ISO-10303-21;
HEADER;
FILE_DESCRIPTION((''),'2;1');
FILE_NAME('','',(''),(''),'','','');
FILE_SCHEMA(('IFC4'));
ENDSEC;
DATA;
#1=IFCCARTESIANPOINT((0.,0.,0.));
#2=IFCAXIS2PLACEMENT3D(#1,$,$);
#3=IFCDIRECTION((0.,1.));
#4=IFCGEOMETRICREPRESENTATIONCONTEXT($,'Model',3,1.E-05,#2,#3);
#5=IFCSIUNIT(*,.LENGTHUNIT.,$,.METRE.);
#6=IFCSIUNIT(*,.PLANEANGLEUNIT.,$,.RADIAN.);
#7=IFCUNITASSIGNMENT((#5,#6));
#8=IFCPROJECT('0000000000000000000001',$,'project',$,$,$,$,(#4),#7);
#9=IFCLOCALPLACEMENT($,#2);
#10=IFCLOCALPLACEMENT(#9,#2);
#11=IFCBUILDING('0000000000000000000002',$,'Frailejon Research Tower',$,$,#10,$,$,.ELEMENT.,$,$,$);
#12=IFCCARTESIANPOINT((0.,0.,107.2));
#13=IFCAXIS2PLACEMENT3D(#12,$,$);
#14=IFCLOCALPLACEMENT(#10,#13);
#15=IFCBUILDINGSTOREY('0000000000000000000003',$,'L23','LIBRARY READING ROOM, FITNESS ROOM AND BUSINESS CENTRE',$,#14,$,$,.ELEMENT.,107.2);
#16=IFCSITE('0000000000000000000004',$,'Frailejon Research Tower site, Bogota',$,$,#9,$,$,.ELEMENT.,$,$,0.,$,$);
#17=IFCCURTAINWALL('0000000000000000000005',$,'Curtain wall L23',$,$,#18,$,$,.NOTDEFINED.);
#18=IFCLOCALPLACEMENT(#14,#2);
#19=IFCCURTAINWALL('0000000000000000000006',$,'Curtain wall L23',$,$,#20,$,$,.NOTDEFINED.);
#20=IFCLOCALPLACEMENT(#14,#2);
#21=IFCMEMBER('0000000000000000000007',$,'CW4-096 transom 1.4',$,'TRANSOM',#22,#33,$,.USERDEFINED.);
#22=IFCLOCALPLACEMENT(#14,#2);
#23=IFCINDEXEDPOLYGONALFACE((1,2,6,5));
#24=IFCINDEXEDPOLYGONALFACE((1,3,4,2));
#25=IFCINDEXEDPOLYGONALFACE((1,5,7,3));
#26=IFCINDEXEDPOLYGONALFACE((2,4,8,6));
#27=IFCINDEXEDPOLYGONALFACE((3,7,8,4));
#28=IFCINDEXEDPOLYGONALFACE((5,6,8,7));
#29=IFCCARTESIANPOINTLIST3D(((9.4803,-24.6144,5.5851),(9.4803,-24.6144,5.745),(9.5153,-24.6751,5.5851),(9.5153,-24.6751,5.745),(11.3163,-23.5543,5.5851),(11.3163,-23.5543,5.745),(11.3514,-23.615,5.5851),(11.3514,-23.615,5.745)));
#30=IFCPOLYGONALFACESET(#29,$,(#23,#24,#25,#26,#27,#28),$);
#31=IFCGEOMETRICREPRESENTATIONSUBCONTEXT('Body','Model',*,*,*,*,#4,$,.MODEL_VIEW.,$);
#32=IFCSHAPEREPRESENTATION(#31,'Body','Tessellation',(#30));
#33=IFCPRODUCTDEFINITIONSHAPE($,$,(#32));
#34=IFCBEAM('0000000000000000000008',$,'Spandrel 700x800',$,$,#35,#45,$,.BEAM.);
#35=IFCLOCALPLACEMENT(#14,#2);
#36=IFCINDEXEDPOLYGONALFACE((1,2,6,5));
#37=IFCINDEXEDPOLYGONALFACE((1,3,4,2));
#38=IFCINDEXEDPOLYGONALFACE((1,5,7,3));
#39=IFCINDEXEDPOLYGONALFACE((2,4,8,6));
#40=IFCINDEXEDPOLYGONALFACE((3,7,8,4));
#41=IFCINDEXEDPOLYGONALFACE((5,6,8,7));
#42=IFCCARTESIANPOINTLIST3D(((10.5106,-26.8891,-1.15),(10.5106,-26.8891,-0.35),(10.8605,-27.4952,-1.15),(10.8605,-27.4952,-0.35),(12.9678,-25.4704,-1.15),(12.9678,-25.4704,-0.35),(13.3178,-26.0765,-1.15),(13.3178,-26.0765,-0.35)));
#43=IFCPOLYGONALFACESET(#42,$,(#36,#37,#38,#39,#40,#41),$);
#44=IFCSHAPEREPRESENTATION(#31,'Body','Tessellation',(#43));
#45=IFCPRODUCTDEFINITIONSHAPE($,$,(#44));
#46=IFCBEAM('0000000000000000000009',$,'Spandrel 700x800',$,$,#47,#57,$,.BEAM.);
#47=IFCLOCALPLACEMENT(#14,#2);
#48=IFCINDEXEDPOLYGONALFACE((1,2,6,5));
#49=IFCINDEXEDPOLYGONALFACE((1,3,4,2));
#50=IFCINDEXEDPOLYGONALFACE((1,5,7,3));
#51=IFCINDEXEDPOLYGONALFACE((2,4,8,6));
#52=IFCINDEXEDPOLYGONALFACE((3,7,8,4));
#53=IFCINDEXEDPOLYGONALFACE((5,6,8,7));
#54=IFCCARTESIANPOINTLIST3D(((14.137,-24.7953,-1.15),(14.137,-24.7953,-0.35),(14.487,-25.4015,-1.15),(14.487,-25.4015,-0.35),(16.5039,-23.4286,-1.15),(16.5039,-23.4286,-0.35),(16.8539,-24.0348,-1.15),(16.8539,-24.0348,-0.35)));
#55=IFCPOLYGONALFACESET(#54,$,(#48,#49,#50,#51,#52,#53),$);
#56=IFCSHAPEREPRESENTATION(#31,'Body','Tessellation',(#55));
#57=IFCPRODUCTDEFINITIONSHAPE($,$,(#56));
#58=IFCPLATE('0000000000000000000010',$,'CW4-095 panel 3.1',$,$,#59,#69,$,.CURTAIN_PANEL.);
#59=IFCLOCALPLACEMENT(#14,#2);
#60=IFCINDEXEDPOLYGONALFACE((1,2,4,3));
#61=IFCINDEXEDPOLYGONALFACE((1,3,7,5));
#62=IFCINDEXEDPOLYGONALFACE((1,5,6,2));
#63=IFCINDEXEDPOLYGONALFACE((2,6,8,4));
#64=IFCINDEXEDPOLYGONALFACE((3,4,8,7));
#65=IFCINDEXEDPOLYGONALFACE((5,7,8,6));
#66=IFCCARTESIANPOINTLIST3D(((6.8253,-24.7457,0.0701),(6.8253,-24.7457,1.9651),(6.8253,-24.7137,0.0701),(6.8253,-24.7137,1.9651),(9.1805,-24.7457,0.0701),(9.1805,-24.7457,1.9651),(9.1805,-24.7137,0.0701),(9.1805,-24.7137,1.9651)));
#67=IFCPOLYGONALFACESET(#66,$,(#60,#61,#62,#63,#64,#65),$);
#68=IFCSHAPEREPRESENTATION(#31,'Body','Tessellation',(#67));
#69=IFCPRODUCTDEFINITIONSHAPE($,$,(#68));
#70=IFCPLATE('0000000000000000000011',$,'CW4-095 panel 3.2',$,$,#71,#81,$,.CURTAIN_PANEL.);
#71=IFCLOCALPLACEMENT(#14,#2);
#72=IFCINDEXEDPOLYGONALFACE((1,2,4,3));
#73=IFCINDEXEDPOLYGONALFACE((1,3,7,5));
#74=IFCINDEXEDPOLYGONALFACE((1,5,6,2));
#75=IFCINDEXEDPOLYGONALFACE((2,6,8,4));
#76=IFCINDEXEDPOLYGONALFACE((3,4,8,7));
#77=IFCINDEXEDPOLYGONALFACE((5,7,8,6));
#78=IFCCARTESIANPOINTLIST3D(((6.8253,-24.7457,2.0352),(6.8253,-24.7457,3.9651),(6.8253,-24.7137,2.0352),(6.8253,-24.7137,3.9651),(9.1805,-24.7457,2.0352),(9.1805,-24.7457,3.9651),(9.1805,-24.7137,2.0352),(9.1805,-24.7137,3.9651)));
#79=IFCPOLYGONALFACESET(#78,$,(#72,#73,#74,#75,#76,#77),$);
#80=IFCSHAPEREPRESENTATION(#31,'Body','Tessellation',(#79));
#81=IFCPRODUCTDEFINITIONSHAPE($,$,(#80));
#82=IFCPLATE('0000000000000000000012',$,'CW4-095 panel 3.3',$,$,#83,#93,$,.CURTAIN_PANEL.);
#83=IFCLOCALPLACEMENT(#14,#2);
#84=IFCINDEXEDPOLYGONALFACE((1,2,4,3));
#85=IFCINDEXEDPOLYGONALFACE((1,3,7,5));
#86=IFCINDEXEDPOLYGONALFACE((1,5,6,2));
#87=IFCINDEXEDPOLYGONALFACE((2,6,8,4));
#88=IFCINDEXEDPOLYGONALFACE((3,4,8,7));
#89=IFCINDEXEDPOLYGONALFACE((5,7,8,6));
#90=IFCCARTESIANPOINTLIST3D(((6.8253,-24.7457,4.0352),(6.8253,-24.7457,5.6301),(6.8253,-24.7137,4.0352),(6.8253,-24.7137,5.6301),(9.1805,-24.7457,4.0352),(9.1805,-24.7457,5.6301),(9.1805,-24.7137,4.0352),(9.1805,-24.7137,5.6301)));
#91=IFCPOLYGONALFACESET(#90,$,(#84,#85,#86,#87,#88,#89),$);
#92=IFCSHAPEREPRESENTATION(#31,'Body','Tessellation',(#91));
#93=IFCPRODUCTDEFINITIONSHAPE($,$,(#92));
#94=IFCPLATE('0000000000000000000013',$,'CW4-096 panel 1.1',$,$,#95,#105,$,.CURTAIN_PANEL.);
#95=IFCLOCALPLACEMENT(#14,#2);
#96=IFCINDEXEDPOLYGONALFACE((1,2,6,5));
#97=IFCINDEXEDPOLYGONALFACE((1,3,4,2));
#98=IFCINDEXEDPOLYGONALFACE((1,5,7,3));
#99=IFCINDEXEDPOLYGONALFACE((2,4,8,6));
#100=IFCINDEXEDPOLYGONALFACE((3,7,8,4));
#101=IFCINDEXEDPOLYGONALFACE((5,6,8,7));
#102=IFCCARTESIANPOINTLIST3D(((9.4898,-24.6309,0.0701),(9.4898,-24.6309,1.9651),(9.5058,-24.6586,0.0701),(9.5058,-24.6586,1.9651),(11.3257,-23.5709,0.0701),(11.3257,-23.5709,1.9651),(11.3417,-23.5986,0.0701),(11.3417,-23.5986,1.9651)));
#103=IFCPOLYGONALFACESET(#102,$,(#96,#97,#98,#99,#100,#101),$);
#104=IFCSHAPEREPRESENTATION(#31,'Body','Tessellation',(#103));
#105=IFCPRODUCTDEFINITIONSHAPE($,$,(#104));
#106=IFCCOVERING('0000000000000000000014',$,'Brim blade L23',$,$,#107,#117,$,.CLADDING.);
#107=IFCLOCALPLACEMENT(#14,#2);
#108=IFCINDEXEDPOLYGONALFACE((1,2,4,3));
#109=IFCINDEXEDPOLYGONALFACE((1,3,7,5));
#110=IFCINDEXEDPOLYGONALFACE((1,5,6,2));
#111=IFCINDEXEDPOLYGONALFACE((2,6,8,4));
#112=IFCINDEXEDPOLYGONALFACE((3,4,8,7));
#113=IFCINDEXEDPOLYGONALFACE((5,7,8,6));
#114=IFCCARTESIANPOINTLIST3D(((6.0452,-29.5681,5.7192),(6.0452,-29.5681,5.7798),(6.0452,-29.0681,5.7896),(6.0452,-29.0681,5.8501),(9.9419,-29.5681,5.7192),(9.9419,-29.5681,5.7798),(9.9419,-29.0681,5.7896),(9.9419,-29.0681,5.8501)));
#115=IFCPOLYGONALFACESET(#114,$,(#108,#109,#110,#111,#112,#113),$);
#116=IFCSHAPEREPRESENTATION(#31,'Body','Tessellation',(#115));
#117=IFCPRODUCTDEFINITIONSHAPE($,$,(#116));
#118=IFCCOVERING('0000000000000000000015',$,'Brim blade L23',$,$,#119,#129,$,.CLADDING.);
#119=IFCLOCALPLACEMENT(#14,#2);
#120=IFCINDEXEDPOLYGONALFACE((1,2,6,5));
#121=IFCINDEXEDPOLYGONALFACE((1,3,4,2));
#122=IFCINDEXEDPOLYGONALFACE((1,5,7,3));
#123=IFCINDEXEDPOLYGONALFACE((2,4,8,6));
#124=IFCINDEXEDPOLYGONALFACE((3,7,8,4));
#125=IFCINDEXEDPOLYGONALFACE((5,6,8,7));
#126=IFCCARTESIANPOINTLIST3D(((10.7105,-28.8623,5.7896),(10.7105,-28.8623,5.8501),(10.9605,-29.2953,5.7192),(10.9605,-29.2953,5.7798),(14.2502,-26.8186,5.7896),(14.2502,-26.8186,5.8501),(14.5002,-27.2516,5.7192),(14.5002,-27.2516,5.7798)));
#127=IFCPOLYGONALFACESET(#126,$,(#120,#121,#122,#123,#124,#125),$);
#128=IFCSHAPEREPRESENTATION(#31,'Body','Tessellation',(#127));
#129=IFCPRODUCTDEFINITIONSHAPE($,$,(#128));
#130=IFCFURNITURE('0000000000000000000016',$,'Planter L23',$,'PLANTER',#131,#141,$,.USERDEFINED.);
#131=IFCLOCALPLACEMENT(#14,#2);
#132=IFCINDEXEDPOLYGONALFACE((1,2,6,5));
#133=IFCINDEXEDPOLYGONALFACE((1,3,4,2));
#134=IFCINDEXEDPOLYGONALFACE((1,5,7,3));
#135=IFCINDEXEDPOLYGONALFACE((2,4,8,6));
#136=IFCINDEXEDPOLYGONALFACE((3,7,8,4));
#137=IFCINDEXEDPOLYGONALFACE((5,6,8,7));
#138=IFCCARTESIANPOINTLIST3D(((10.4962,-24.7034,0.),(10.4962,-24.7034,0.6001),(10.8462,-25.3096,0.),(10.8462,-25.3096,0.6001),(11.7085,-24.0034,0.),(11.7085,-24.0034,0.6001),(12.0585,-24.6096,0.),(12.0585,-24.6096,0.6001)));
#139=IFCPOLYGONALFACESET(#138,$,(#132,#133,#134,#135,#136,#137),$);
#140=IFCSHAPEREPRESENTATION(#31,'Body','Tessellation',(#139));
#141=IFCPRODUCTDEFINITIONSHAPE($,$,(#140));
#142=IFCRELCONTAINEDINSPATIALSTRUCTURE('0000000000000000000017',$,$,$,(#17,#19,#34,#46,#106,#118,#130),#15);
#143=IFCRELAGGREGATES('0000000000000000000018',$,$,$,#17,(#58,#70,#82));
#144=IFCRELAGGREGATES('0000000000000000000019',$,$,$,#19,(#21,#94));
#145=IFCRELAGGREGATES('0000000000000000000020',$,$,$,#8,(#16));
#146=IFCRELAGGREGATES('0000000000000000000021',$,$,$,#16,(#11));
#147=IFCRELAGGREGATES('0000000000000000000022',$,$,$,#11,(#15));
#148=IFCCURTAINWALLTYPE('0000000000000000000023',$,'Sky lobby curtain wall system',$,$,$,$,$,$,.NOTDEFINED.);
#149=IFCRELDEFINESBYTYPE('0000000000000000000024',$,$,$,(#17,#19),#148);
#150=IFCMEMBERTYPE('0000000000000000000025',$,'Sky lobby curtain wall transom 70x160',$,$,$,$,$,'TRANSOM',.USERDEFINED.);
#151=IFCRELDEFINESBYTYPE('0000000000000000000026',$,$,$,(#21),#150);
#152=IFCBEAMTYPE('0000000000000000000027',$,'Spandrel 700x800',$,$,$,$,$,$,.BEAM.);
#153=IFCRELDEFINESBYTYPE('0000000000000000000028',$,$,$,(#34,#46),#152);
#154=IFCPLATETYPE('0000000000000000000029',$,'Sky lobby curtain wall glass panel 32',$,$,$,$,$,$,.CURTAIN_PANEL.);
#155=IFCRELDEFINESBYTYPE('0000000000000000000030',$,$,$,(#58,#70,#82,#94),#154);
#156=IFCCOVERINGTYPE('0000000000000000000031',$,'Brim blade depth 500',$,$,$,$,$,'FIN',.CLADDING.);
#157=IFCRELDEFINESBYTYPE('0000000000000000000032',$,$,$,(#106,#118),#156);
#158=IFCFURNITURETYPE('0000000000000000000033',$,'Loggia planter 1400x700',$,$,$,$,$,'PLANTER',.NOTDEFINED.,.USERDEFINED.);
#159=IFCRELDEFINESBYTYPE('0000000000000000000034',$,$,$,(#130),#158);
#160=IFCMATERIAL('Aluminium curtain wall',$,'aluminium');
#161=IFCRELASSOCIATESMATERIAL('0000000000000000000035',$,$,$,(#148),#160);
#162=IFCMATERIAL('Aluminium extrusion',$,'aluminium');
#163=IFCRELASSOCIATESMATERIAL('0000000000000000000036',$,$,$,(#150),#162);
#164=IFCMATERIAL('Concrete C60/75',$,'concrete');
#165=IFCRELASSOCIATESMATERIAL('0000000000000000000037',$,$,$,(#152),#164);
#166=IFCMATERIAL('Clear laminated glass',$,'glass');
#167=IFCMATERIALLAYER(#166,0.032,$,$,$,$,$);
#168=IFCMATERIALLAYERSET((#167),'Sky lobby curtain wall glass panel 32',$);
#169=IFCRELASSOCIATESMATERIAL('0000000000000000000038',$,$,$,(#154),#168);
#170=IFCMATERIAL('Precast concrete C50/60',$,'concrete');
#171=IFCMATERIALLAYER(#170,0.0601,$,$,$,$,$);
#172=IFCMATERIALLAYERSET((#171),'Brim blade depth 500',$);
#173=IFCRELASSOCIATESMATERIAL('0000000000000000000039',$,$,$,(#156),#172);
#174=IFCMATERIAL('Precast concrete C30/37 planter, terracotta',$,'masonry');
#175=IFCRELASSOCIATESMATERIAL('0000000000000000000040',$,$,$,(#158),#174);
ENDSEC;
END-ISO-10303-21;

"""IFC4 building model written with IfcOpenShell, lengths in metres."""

from ifc_helpers import new_model, si_unit, direction, frame, origin, origin_2d, place, context, subcontext, project, spatial, polyline, rectangle, outline, extrude, material, layer, layer_set, material_profile, profile_set, type_object, element, aggregate, save


model = new_model("IFC4")

# Units and contexts
model_context = context("Model", 3, precision=1e-05, world=origin(), true_north=direction((0.0, 1.0)))
body_context = subcontext(model_context, "Body", "Model", "MODEL_VIEW")
ifc_project = project(units=[si_unit("LENGTHUNIT", "METRE"), si_unit("PLANEANGLEUNIT", "RADIAN")], contexts=[model_context])

# Site, building, storey
site_placement = place(None, origin())
site = spatial("IfcSite", under=ifc_project, at=site_placement, Name="Frailejon Research Tower site, Bogota", CompositionType="ELEMENT", RefElevation=0.0)
building_placement = place(site_placement, origin())
building = spatial("IfcBuilding", under=site, at=building_placement, Name="Frailejon Research Tower", CompositionType="ELEMENT")
storey_placement = place(building_placement, frame((0.0, 0.0, 107.2)))
storey = spatial("IfcBuildingStorey", under=building, at=storey_placement, Name="L23", Description="LIBRARY READING ROOM, FITNESS ROOM AND BUSINESS CENTRE", CompositionType="ELEMENT", Elevation=107.2)

# Curtain wall
ifc_material_1 = material(Name="Aluminium curtain wall", Category="aluminium")
curtain_wall_type = type_object("IfcCurtainWallType", Name="Sky lobby curtain wall system", PredefinedType="NOTDEFINED", material=ifc_material_1)
curtain_wall_1_placement = place(storey_placement, origin())
curtain_wall_1 = element("IfcCurtainWall", 1, at=curtain_wall_1_placement, inside=storey, type_object=curtain_wall_type, Name="Curtain wall L23", PredefinedType="NOTDEFINED")

# Curtain wall
curtain_wall_2_placement = place(storey_placement, origin())
curtain_wall_2 = element("IfcCurtainWall", 2, at=curtain_wall_2_placement, inside=storey, type_object=curtain_wall_type, Name="Curtain wall L23", PredefinedType="NOTDEFINED")

# Member
ifc_material_2 = material(Name="Aluminium extrusion", Category="aluminium")
ifc_material_profile_1 = material_profile(ifc_material_2, rectangle(XDim=0.0701, YDim=0.1599, at=origin_2d()), Name="Sky lobby curtain wall transom 70x160")
ifc_profile_set_1 = profile_set([ifc_material_profile_1], Name="Aluminium extrusion")
member_type_1 = type_object("IfcMemberType", Name="Sky lobby curtain wall transom 70x160", ElementType="TRANSOM", PredefinedType="USERDEFINED", material=ifc_profile_set_1)
member_1_placement = place(storey_placement, frame((9.4978, -24.6448, 5.665), z_axis=(0.866009, 0.500028, 0.0), x_axis=(-0.500028, 0.866009, 0.0)))
member_1 = element("IfcMember", 3, at=member_1_placement, type_object=member_type_1, Name="CW4-096 transom 1.4", ObjectType="TRANSOM", PredefinedType="USERDEFINED", context=body_context, shape_type="SweptSolid", body=[
    extrude(rectangle(XDim=0.0701, YDim=0.1599, at=origin_2d()), origin(), (0.0, 0.0, 1.0), 2.1201),
])

# Beams
ifc_material_3 = material(Name="Concrete C60/75", Category="concrete")
ifc_material_profile_2 = material_profile(ifc_material_3, rectangle(XDim=0.7, YDim=0.8, at=origin_2d()), Name="Spandrel 700x800")
ifc_profile_set_2 = profile_set([ifc_material_profile_2], Name="Concrete C60/75")
beam_type_1 = type_object("IfcBeamType", Name="Spandrel 700x800", PredefinedType="BEAM", material=ifc_profile_set_2)
beam_1_placement = place(storey_placement, frame((10.6855, -27.1921, -0.75), z_axis=(0.866027, 0.499998, 0.0), x_axis=(-0.499998, 0.866027, 0.0)))
element("IfcBeam", 4, at=beam_1_placement, inside=storey, type_object=beam_type_1, Name="Spandrel 700x800", PredefinedType="BEAM", context=body_context, shape_type="SweptSolid", body=[
    extrude(rectangle(XDim=0.7, YDim=0.8, at=origin_2d()), origin(), (0.0, 0.0, 1.0), 2.8374),
])
beam_2_placement = place(storey_placement, frame((14.312, -25.0984, -0.75), z_axis=(0.866003, 0.500039, 0.0), x_axis=(-0.500039, 0.866003, 0.0)))
element("IfcBeam", 5, at=beam_2_placement, inside=storey, type_object=beam_type_1, Name="Spandrel 700x800", PredefinedType="BEAM", context=body_context, shape_type="SweptSolid", body=[
    extrude(rectangle(XDim=0.7, YDim=0.8, at=origin_2d()), origin(), (0.0, 0.0, 1.0), 2.7332),
])

# Plates
ifc_material_4 = material(Name="Clear laminated glass", Category="glass")
ifc_layer_1 = layer(ifc_material_4, 0.032)
ifc_layer_set_1 = layer_set([ifc_layer_1], Name="Sky lobby curtain wall glass panel 32")
plate_type = type_object("IfcPlateType", Name="Sky lobby curtain wall glass panel 32", PredefinedType="CURTAIN_PANEL", material=ifc_layer_set_1)
plate_1_placement = place(storey_placement, frame((8.0029, -24.7297, 0.0701), z_axis=(0.0, 0.0, 1.0), x_axis=(1.0, 0.0, 0.0)))
plate_1 = element("IfcPlate", 6, at=plate_1_placement, type_object=plate_type, Name="CW4-095 panel 3.1", PredefinedType="CURTAIN_PANEL", context=body_context, shape_type="SweptSolid", body=[
    extrude(rectangle(XDim=2.3552, YDim=0.032, at=origin_2d()), origin(), (0.0, 0.0, 1.0), 1.895),
])
plate_2_placement = place(storey_placement, frame((8.0029, -24.7297, 2.0352), z_axis=(0.0, 0.0, 1.0), x_axis=(1.0, 0.0, 0.0)))
plate_2 = element("IfcPlate", 7, at=plate_2_placement, type_object=plate_type, Name="CW4-095 panel 3.2", PredefinedType="CURTAIN_PANEL", context=body_context, shape_type="SweptSolid", body=[
    extrude(rectangle(XDim=2.3552, YDim=0.032, at=origin_2d()), origin(), (0.0, 0.0, 1.0), 1.9299),
])
plate_3_placement = place(storey_placement, frame((8.0029, -24.7297, 4.0352), z_axis=(0.0, 0.0, 1.0), x_axis=(1.0, 0.0, 0.0)))
plate_3 = element("IfcPlate", 8, at=plate_3_placement, type_object=plate_type, Name="CW4-095 panel 3.3", PredefinedType="CURTAIN_PANEL", context=body_context, shape_type="SweptSolid", body=[
    extrude(rectangle(XDim=2.3552, YDim=0.032, at=origin_2d()), origin(), (0.0, 0.0, 1.0), 1.595),
])
aggregate(curtain_wall_1, [plate_1, plate_2, plate_3])
plate_4_placement = place(storey_placement, frame((10.4158, -24.1147, 0.0701), z_axis=(0.0, 0.0, 1.0), x_axis=(0.86602, 0.500009, 0.0)))
plate_4 = element("IfcPlate", 9, at=plate_4_placement, type_object=plate_type, Name="CW4-096 panel 1.1", PredefinedType="CURTAIN_PANEL", context=body_context, shape_type="SweptSolid", body=[
    extrude(rectangle(XDim=2.1199, YDim=0.032, at=origin_2d()), origin(), (0.0, 0.0, 1.0), 1.895),
])
aggregate(curtain_wall_2, [member_1, plate_4])

# Coverings
ifc_material_5 = material(Name="Precast concrete C50/60", Category="concrete")
ifc_layer_2 = layer(ifc_material_5, 0.0601)
ifc_layer_set_2 = layer_set([ifc_layer_2], Name="Brim blade depth 500")
covering_type = type_object("IfcCoveringType", Name="Brim blade depth 500", ElementType="FIN", PredefinedType="CLADDING", material=ifc_layer_set_2)
covering_1_placement = place(storey_placement, frame((9.9419, -29.0681, 5.8501), z_axis=(-1.0, 0.0, 0.0), x_axis=(0.0, -1.0, 0.0)))
element("IfcCovering", 10, at=covering_1_placement, inside=storey, type_object=covering_type, Name="Brim blade L23", PredefinedType="CLADDING", context=body_context, shape_type="SweptSolid", body=[
    extrude(outline(polyline([(0.0, -0.0605), (0.5, -0.1309), (0.5, -0.0703), (0.0, 0.0), (0.0, -0.0605)])), origin(), (0.0, 0.0, 1.0), 3.8967),
])
covering_2_placement = place(storey_placement, frame((14.2502, -26.8186, 5.8501), z_axis=(-0.866021, -0.500007, 0.0), x_axis=(0.500007, -0.866021, 0.0)))
element("IfcCovering", 11, at=covering_2_placement, inside=storey, type_object=covering_type, Name="Brim blade L23", PredefinedType="CLADDING", context=body_context, shape_type="SweptSolid", body=[
    extrude(outline(polyline([(0.0, -0.0605), (0.5, -0.1309), (0.5, -0.0703), (0.0, 0.0), (0.0, -0.0605)])), origin(), (0.0, 0.0, 1.0), 4.0874),
])

# Furniture
ifc_material_6 = material(Name="Precast concrete C30/37 planter, terracotta", Category="masonry")
furniture_type = type_object("IfcFurnitureType", Name="Loggia planter 1400x700", ElementType="PLANTER", AssemblyPlace="NOTDEFINED", PredefinedType="USERDEFINED", material=ifc_material_6)
furniture_placement = place(storey_placement, frame((11.2773, -24.6565, 0.0), z_axis=(0.0, 0.0, 1.0), x_axis=(0.866025, 0.5, 0.0)))
element("IfcFurniture", 12, at=furniture_placement, inside=storey, type_object=furniture_type, Name="Planter L23", ObjectType="PLANTER", PredefinedType="USERDEFINED", context=body_context, shape_type="SweptSolid", body=[
    extrude(rectangle(XDim=1.3999, YDim=0.7, at=origin_2d()), origin(), (0.0, 0.0, 1.0), 0.6001),
])

save(model, "model.ifc")
